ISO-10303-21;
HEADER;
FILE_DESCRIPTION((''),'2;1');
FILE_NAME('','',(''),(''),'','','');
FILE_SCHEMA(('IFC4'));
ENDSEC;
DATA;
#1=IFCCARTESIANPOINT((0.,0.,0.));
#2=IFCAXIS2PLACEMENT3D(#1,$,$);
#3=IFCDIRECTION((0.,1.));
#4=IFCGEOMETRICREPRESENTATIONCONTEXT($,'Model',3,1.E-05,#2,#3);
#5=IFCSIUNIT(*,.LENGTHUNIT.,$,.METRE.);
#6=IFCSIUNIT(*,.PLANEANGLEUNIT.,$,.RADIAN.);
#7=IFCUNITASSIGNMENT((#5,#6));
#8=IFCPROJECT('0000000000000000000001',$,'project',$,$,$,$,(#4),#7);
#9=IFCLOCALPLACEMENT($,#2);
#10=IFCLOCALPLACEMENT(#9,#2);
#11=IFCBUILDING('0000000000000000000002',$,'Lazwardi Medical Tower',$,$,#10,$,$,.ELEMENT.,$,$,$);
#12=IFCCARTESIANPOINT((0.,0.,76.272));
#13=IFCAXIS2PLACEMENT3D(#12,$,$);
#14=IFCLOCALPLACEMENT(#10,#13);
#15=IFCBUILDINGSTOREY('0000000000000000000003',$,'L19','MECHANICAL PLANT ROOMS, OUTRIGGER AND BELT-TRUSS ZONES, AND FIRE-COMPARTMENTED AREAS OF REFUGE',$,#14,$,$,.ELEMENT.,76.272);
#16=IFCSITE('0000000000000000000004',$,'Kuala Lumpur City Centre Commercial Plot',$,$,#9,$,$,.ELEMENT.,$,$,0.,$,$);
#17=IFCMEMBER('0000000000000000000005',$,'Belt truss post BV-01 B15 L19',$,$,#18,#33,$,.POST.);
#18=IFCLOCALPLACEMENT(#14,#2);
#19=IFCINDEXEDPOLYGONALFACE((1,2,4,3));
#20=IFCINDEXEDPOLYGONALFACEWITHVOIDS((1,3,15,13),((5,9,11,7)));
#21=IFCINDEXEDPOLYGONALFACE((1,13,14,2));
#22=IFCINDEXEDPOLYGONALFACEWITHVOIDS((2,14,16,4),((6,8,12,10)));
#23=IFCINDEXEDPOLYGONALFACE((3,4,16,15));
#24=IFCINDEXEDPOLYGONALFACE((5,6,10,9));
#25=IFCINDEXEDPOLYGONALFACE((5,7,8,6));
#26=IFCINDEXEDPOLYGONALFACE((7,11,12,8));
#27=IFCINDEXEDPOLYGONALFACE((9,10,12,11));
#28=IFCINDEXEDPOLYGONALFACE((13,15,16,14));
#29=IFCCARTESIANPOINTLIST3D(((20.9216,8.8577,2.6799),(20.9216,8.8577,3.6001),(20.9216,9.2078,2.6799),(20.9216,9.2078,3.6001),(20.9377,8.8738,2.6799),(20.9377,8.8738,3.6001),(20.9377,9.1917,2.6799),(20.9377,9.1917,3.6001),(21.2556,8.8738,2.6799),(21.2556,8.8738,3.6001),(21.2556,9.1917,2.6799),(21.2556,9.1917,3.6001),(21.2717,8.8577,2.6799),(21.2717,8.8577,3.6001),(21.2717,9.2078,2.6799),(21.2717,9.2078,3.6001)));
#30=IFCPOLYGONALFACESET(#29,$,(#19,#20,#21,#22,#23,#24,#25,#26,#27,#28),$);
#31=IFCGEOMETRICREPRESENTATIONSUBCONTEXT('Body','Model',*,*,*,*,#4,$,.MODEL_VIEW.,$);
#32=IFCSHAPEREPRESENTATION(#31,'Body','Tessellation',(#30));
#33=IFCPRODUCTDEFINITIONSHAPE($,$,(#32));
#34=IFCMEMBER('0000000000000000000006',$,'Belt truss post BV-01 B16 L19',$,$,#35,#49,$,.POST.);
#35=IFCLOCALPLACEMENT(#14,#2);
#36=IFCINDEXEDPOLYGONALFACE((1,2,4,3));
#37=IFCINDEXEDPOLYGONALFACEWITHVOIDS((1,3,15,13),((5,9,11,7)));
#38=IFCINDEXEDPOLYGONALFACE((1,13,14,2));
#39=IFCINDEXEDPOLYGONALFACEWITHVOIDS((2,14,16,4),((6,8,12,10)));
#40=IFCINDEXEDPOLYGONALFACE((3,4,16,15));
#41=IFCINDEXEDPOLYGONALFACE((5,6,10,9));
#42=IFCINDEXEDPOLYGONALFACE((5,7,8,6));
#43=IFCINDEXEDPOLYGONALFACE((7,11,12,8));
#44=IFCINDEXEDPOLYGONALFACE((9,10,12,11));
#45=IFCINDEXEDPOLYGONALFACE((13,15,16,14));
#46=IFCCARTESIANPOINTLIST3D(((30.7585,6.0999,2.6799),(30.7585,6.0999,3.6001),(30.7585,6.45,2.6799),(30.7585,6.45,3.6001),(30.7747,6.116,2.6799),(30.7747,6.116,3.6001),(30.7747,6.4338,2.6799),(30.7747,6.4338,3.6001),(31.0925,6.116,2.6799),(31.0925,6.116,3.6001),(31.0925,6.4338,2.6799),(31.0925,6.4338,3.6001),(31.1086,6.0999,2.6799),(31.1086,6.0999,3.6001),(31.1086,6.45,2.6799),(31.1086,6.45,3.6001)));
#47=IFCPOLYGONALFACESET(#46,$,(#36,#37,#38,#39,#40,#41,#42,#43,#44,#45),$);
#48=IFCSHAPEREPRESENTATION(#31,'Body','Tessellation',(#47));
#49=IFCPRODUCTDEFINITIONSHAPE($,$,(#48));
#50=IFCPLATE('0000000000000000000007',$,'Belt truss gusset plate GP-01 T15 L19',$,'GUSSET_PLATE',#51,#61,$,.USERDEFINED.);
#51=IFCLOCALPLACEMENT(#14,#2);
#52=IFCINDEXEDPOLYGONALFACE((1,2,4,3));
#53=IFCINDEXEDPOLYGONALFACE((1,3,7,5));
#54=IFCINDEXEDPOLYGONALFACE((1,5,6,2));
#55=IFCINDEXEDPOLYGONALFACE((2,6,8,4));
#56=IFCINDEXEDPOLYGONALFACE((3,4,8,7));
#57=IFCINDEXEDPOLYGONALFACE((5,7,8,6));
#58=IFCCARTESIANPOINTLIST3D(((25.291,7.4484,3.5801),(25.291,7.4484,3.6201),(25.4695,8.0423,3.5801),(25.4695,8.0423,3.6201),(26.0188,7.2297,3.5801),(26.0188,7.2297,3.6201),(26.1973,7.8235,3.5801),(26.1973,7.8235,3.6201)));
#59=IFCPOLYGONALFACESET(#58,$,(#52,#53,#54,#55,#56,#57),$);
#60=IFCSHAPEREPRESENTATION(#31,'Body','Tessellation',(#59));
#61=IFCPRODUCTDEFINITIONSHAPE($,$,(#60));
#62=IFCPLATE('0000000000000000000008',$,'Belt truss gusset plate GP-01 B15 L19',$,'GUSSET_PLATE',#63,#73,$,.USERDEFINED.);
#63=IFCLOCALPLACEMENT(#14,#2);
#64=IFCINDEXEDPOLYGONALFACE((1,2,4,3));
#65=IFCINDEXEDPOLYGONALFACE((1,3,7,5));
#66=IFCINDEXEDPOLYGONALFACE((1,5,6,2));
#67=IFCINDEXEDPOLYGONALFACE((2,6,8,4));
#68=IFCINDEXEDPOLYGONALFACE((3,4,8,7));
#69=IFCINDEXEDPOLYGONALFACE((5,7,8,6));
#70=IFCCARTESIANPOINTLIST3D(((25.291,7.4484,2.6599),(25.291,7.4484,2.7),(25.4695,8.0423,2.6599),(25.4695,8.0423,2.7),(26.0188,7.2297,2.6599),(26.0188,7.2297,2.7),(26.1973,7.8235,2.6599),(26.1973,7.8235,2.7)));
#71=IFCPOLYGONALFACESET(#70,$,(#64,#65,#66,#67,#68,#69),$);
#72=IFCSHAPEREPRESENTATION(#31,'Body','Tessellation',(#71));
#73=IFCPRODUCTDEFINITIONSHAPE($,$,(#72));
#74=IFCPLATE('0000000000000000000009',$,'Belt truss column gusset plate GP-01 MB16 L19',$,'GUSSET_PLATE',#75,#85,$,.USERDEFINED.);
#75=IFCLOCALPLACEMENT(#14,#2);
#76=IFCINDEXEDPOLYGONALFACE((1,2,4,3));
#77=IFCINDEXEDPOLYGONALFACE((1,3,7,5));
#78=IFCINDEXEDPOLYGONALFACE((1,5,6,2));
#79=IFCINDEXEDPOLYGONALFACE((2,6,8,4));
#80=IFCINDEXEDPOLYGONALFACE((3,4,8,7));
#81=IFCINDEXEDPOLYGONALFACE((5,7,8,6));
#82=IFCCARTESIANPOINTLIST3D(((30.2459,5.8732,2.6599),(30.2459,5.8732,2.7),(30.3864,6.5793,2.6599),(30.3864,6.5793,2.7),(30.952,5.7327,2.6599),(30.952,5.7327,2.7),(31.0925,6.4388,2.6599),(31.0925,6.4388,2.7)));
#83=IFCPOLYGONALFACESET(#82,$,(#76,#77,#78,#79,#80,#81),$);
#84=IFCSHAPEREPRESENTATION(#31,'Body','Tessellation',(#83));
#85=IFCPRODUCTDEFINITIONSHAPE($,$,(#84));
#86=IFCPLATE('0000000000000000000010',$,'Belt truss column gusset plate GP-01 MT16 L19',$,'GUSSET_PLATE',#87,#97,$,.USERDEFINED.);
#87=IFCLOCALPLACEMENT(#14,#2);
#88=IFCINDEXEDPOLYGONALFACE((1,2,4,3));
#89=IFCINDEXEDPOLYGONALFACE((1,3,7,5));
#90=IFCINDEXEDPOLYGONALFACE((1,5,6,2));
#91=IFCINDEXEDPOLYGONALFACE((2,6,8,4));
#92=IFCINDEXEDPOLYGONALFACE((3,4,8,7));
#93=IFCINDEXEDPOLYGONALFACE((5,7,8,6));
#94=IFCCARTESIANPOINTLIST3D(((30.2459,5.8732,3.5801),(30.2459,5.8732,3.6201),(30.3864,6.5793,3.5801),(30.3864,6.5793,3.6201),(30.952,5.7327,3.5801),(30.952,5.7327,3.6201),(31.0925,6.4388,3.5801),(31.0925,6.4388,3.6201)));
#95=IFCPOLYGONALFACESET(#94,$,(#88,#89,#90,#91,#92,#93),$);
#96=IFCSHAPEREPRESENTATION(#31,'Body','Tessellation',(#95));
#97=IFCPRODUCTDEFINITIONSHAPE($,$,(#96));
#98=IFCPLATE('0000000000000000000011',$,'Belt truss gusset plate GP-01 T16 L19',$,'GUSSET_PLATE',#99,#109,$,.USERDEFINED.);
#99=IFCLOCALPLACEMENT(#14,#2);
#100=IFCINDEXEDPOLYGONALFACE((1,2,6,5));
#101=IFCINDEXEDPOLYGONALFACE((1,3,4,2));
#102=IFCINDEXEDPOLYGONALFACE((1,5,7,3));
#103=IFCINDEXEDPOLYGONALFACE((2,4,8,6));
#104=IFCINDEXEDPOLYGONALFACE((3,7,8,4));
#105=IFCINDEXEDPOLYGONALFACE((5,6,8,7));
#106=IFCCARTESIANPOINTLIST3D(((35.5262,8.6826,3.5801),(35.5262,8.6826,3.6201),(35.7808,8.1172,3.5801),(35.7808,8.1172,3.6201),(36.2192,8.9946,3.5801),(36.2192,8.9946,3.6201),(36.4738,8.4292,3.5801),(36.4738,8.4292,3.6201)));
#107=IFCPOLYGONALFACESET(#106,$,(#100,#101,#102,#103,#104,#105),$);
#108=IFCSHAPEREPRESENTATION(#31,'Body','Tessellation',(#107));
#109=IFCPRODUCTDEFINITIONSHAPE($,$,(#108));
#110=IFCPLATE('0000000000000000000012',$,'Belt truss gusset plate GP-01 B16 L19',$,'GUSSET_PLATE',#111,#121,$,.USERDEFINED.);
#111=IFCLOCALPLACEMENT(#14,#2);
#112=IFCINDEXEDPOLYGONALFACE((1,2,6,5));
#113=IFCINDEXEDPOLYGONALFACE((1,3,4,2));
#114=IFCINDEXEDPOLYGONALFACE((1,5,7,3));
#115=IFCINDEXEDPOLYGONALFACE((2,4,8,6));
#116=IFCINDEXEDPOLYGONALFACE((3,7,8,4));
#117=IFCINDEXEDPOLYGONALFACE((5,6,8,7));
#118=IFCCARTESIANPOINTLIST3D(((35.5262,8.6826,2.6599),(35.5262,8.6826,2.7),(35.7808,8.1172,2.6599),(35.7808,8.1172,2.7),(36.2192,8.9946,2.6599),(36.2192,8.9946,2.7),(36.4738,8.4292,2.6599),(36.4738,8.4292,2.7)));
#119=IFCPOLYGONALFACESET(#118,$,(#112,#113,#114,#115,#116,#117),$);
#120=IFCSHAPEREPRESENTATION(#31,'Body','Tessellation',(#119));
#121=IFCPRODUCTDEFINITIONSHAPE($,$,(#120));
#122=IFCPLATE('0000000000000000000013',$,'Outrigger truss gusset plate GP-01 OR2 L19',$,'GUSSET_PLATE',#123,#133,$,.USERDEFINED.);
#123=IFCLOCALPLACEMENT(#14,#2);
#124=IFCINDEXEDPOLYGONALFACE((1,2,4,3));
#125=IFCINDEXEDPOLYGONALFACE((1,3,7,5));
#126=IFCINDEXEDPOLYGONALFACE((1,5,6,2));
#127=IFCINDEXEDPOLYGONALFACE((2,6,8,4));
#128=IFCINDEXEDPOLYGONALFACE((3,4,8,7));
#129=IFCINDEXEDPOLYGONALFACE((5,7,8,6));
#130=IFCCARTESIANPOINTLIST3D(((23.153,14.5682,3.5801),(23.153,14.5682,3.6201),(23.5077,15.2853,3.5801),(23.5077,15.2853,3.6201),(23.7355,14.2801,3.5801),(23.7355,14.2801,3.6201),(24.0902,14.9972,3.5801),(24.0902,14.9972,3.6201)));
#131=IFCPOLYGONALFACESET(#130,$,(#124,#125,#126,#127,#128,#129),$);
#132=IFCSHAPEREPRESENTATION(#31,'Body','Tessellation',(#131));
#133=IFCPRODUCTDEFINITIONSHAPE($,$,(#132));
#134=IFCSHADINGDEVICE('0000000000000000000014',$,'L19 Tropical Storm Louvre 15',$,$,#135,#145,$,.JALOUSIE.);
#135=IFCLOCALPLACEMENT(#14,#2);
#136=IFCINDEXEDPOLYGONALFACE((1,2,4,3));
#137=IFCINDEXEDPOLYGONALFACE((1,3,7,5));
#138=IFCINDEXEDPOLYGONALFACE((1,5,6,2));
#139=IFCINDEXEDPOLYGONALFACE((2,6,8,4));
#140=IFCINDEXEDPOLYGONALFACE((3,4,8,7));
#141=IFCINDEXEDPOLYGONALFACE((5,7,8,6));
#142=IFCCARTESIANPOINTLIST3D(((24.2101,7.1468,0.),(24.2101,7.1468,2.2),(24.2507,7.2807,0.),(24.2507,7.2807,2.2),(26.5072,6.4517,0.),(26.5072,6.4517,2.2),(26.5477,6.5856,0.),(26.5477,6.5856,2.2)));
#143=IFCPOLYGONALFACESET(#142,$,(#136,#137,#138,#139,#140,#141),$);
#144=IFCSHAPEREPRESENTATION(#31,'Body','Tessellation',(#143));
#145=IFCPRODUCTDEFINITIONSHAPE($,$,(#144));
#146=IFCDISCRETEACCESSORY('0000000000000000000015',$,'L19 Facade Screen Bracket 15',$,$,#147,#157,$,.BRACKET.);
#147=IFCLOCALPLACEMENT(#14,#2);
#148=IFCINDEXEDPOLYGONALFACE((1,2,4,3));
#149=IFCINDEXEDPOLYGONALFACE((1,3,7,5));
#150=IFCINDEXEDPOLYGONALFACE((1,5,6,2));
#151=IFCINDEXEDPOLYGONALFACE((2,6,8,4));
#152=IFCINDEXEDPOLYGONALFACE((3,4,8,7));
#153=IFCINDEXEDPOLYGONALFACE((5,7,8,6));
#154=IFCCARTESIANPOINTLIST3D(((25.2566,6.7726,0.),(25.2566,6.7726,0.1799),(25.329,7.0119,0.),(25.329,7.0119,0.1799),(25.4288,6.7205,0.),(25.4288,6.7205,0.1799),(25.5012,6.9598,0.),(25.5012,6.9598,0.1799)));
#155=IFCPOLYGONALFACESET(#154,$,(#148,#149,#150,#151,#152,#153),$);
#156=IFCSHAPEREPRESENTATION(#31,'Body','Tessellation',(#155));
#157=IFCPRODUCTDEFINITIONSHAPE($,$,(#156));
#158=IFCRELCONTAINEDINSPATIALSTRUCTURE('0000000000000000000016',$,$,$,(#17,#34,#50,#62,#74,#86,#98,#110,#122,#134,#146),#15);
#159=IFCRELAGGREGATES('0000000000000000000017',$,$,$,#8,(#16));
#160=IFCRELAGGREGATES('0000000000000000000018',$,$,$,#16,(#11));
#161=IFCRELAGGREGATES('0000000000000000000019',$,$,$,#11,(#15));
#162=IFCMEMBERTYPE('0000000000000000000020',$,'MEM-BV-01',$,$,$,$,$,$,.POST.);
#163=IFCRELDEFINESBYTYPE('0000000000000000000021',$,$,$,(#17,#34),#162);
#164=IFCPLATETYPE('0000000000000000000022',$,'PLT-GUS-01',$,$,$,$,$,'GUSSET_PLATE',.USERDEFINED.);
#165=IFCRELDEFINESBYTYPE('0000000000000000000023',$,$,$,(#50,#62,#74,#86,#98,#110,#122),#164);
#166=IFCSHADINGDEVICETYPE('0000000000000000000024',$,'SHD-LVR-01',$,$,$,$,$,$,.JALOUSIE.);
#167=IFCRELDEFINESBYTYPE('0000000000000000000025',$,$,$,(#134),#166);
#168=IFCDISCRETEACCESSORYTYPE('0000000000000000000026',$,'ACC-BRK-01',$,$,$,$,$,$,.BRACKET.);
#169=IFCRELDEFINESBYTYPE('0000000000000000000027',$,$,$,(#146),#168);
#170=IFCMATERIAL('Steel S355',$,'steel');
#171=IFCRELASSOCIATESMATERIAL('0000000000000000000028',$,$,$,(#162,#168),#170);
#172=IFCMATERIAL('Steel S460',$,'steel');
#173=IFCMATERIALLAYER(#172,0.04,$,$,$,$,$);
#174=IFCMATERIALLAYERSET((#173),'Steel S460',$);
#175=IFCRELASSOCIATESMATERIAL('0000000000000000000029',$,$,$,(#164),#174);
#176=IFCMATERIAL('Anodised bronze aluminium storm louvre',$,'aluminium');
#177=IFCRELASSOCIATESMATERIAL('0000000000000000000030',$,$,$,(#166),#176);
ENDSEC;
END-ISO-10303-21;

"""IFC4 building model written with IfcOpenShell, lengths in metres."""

from ifc_helpers import new_model, si_unit, direction, frame, origin, origin_2d, place, context, subcontext, project, spatial, rectangle, hollow_rectangle, extrude, material, layer, layer_set, material_profile, profile_set, type_object, element, save


model = new_model("IFC4")

# Units and contexts
model_context = context("Model", 3, precision=1e-05, world=origin(), true_north=direction((0.0, 1.0)))
body_context = subcontext(model_context, "Body", "Model", "MODEL_VIEW")
ifc_project = project(units=[si_unit("LENGTHUNIT", "METRE"), si_unit("PLANEANGLEUNIT", "RADIAN")], contexts=[model_context])

# Site, building, storey
site_placement = place(None, origin())
site = spatial("IfcSite", under=ifc_project, at=site_placement, Name="Kuala Lumpur City Centre Commercial Plot", CompositionType="ELEMENT", RefElevation=0.0)
building_placement = place(site_placement, origin())
building = spatial("IfcBuilding", under=site, at=building_placement, Name="Lazwardi Medical Tower", CompositionType="ELEMENT")
storey_placement = place(building_placement, frame((0.0, 0.0, 76.272)))
storey = spatial("IfcBuildingStorey", under=building, at=storey_placement, Name="L19", Description="MECHANICAL PLANT ROOMS, OUTRIGGER AND BELT-TRUSS ZONES, AND FIRE-COMPARTMENTED AREAS OF REFUGE", CompositionType="ELEMENT", Elevation=76.272)

# Shared definitions
ifc_material_1 = material(Name="Steel S355", Category="steel")
ifc_material_2 = material(Name="Steel S460", Category="steel")

# Members
ifc_material_profile_1 = material_profile(ifc_material_1, hollow_rectangle(XDim=0.3501, YDim=0.3501, WallThickness=0.0161, at=origin_2d()), Name="RHS 350x350x16")
ifc_profile_set_1 = profile_set([ifc_material_profile_1], Name="Steel S355")
member_type_1 = type_object("IfcMemberType", Name="MEM-BV-01", PredefinedType="POST", material=ifc_profile_set_1)
for number, where, z_axis, x_axis, name in (
    (1, (21.0967, 9.0327, 2.6799), (0.0, 0.0, 1.0), (1.0, 0.0, 0.0), "Belt truss post BV-01 B15 L19"),
    (2, (30.9336, 6.2749, 2.6799), (0.0, 0.0, 1.0), (1.0, 0.0, 0.0), "Belt truss post BV-01 B16 L19"),
):
    element("IfcMember", number, at=place(storey_placement, frame(where, z_axis=z_axis, x_axis=x_axis)), inside=storey, type_object=member_type_1, Name=name, PredefinedType="POST", context=body_context, shape_type="SweptSolid", body=[
        extrude(hollow_rectangle(XDim=0.3501, YDim=0.3501, WallThickness=0.0161, at=origin_2d()), origin(), (0.0, 0.0, 1.0), 0.9202),
    ])

# Plates
ifc_layer = layer(ifc_material_2, 0.04)
ifc_layer_set = layer_set([ifc_layer], Name="Steel S460")
plate_type = type_object("IfcPlateType", Name="PLT-GUS-01", ElementType="GUSSET_PLATE", PredefinedType="USERDEFINED", material=ifc_layer_set)
for number, where, z_axis, x_axis, name in (
    (3, (25.7441, 7.636, 3.5801), (0.0, 0.0, 1.0), (0.957672, -0.287862, 0.0), "Belt truss gusset plate GP-01 T15 L19"),
    (4, (25.7441, 7.636, 2.6599), (0.0, 0.0, 1.0), (0.957672, -0.287862, 0.0), "Belt truss gusset plate GP-01 B15 L19"),
):
    element("IfcPlate", number, at=place(storey_placement, frame(where, z_axis=z_axis, x_axis=x_axis)), inside=storey, type_object=plate_type, Name=name, ObjectType="GUSSET_PLATE", PredefinedType="USERDEFINED", context=body_context, shape_type="SweptSolid", body=[
        extrude(rectangle(XDim=0.76, YDim=0.6201, at=origin_2d()), origin(), (0.0, 0.0, 1.0), 0.04),
    ])
for number, where, z_axis, x_axis, name in (
    (5, (30.6692, 6.156, 2.6599), (0.0, 0.0, 1.0), (-0.19509, -0.980785, 0.0), "Belt truss column gusset plate GP-01 MB16 L19"),
    (6, (30.6692, 6.156, 3.5801), (0.0, 0.0, 1.0), (-0.19509, -0.980785, 0.0), "Belt truss column gusset plate GP-01 MT16 L19"),
):
    element("IfcPlate", number, at=place(storey_placement, frame(where, z_axis=z_axis, x_axis=x_axis)), inside=storey, type_object=plate_type, Name=name, ObjectType="GUSSET_PLATE", PredefinedType="USERDEFINED", context=body_context, shape_type="SweptSolid", body=[
        extrude(rectangle(XDim=0.72, YDim=0.72, at=origin_2d()), origin(), (0.0, 0.0, 1.0), 0.04),
    ])
for number, where, z_axis, x_axis, name in (
    (7, (36.0, 8.5559, 3.5801), (0.0, 0.0, 1.0), (0.911834, 0.41056, 0.0), "Belt truss gusset plate GP-01 T16 L19"),
    (8, (36.0, 8.5559, 2.6599), (0.0, 0.0, 1.0), (0.911834, 0.41056, 0.0), "Belt truss gusset plate GP-01 B16 L19"),
):
    element("IfcPlate", number, at=place(storey_placement, frame(where, z_axis=z_axis, x_axis=x_axis)), inside=storey, type_object=plate_type, Name=name, ObjectType="GUSSET_PLATE", PredefinedType="USERDEFINED", context=body_context, shape_type="SweptSolid", body=[
        extrude(rectangle(XDim=0.76, YDim=0.6201, at=origin_2d()), origin(), (0.0, 0.0, 1.0), 0.04),
    ])
plate_placement = place(storey_placement, frame((23.6216, 14.7827, 3.5801), z_axis=(0.0, 0.0, 1.0), x_axis=(-0.443384, -0.896332, 0.0)))
element("IfcPlate", 9, at=plate_placement, inside=storey, type_object=plate_type, Name="Outrigger truss gusset plate GP-01 OR2 L19", ObjectType="GUSSET_PLATE", PredefinedType="USERDEFINED", context=body_context, shape_type="SweptSolid", body=[
    extrude(rectangle(XDim=0.8, YDim=0.6499, at=origin_2d()), origin(), (0.0, 0.0, 1.0), 0.04),
])

# Shading device
ifc_material_3 = material(Name="Anodised bronze aluminium storm louvre", Category="aluminium")
shading_device_type = type_object("IfcShadingDeviceType", Name="SHD-LVR-01", PredefinedType="JALOUSIE", material=ifc_material_3)
shading_device_placement = place(storey_placement, frame((25.3789, 6.8662, 0.0), z_axis=(0.0, 0.0, 1.0), x_axis=(0.957134, -0.289647, 0.0)))
element("IfcShadingDevice", 10, at=shading_device_placement, inside=storey, type_object=shading_device_type, Name="L19 Tropical Storm Louvre 15", PredefinedType="JALOUSIE", context=body_context, shape_type="SweptSolid", body=[
    extrude(rectangle(XDim=2.3999, YDim=0.1399, at=origin_2d()), origin(), (0.0, 0.0, 1.0), 2.2),
])

# Discrete accessory
discrete_accessory_type = type_object("IfcDiscreteAccessoryType", Name="ACC-BRK-01", PredefinedType="BRACKET", material=ifc_material_1)
discrete_accessory_placement = place(storey_placement, frame((25.3789, 6.8662, 0.0), z_axis=(0.0, 0.0, 1.0), x_axis=(0.957134, -0.289647, 0.0)))
element("IfcDiscreteAccessory", 11, at=discrete_accessory_placement, inside=storey, type_object=discrete_accessory_type, Name="L19 Facade Screen Bracket 15", PredefinedType="BRACKET", context=body_context, shape_type="SweptSolid", body=[
    extrude(rectangle(XDim=0.1799, YDim=0.25, at=origin_2d()), origin(), (0.0, 0.0, 1.0), 0.1799),
])

save(model, "model.ifc")
